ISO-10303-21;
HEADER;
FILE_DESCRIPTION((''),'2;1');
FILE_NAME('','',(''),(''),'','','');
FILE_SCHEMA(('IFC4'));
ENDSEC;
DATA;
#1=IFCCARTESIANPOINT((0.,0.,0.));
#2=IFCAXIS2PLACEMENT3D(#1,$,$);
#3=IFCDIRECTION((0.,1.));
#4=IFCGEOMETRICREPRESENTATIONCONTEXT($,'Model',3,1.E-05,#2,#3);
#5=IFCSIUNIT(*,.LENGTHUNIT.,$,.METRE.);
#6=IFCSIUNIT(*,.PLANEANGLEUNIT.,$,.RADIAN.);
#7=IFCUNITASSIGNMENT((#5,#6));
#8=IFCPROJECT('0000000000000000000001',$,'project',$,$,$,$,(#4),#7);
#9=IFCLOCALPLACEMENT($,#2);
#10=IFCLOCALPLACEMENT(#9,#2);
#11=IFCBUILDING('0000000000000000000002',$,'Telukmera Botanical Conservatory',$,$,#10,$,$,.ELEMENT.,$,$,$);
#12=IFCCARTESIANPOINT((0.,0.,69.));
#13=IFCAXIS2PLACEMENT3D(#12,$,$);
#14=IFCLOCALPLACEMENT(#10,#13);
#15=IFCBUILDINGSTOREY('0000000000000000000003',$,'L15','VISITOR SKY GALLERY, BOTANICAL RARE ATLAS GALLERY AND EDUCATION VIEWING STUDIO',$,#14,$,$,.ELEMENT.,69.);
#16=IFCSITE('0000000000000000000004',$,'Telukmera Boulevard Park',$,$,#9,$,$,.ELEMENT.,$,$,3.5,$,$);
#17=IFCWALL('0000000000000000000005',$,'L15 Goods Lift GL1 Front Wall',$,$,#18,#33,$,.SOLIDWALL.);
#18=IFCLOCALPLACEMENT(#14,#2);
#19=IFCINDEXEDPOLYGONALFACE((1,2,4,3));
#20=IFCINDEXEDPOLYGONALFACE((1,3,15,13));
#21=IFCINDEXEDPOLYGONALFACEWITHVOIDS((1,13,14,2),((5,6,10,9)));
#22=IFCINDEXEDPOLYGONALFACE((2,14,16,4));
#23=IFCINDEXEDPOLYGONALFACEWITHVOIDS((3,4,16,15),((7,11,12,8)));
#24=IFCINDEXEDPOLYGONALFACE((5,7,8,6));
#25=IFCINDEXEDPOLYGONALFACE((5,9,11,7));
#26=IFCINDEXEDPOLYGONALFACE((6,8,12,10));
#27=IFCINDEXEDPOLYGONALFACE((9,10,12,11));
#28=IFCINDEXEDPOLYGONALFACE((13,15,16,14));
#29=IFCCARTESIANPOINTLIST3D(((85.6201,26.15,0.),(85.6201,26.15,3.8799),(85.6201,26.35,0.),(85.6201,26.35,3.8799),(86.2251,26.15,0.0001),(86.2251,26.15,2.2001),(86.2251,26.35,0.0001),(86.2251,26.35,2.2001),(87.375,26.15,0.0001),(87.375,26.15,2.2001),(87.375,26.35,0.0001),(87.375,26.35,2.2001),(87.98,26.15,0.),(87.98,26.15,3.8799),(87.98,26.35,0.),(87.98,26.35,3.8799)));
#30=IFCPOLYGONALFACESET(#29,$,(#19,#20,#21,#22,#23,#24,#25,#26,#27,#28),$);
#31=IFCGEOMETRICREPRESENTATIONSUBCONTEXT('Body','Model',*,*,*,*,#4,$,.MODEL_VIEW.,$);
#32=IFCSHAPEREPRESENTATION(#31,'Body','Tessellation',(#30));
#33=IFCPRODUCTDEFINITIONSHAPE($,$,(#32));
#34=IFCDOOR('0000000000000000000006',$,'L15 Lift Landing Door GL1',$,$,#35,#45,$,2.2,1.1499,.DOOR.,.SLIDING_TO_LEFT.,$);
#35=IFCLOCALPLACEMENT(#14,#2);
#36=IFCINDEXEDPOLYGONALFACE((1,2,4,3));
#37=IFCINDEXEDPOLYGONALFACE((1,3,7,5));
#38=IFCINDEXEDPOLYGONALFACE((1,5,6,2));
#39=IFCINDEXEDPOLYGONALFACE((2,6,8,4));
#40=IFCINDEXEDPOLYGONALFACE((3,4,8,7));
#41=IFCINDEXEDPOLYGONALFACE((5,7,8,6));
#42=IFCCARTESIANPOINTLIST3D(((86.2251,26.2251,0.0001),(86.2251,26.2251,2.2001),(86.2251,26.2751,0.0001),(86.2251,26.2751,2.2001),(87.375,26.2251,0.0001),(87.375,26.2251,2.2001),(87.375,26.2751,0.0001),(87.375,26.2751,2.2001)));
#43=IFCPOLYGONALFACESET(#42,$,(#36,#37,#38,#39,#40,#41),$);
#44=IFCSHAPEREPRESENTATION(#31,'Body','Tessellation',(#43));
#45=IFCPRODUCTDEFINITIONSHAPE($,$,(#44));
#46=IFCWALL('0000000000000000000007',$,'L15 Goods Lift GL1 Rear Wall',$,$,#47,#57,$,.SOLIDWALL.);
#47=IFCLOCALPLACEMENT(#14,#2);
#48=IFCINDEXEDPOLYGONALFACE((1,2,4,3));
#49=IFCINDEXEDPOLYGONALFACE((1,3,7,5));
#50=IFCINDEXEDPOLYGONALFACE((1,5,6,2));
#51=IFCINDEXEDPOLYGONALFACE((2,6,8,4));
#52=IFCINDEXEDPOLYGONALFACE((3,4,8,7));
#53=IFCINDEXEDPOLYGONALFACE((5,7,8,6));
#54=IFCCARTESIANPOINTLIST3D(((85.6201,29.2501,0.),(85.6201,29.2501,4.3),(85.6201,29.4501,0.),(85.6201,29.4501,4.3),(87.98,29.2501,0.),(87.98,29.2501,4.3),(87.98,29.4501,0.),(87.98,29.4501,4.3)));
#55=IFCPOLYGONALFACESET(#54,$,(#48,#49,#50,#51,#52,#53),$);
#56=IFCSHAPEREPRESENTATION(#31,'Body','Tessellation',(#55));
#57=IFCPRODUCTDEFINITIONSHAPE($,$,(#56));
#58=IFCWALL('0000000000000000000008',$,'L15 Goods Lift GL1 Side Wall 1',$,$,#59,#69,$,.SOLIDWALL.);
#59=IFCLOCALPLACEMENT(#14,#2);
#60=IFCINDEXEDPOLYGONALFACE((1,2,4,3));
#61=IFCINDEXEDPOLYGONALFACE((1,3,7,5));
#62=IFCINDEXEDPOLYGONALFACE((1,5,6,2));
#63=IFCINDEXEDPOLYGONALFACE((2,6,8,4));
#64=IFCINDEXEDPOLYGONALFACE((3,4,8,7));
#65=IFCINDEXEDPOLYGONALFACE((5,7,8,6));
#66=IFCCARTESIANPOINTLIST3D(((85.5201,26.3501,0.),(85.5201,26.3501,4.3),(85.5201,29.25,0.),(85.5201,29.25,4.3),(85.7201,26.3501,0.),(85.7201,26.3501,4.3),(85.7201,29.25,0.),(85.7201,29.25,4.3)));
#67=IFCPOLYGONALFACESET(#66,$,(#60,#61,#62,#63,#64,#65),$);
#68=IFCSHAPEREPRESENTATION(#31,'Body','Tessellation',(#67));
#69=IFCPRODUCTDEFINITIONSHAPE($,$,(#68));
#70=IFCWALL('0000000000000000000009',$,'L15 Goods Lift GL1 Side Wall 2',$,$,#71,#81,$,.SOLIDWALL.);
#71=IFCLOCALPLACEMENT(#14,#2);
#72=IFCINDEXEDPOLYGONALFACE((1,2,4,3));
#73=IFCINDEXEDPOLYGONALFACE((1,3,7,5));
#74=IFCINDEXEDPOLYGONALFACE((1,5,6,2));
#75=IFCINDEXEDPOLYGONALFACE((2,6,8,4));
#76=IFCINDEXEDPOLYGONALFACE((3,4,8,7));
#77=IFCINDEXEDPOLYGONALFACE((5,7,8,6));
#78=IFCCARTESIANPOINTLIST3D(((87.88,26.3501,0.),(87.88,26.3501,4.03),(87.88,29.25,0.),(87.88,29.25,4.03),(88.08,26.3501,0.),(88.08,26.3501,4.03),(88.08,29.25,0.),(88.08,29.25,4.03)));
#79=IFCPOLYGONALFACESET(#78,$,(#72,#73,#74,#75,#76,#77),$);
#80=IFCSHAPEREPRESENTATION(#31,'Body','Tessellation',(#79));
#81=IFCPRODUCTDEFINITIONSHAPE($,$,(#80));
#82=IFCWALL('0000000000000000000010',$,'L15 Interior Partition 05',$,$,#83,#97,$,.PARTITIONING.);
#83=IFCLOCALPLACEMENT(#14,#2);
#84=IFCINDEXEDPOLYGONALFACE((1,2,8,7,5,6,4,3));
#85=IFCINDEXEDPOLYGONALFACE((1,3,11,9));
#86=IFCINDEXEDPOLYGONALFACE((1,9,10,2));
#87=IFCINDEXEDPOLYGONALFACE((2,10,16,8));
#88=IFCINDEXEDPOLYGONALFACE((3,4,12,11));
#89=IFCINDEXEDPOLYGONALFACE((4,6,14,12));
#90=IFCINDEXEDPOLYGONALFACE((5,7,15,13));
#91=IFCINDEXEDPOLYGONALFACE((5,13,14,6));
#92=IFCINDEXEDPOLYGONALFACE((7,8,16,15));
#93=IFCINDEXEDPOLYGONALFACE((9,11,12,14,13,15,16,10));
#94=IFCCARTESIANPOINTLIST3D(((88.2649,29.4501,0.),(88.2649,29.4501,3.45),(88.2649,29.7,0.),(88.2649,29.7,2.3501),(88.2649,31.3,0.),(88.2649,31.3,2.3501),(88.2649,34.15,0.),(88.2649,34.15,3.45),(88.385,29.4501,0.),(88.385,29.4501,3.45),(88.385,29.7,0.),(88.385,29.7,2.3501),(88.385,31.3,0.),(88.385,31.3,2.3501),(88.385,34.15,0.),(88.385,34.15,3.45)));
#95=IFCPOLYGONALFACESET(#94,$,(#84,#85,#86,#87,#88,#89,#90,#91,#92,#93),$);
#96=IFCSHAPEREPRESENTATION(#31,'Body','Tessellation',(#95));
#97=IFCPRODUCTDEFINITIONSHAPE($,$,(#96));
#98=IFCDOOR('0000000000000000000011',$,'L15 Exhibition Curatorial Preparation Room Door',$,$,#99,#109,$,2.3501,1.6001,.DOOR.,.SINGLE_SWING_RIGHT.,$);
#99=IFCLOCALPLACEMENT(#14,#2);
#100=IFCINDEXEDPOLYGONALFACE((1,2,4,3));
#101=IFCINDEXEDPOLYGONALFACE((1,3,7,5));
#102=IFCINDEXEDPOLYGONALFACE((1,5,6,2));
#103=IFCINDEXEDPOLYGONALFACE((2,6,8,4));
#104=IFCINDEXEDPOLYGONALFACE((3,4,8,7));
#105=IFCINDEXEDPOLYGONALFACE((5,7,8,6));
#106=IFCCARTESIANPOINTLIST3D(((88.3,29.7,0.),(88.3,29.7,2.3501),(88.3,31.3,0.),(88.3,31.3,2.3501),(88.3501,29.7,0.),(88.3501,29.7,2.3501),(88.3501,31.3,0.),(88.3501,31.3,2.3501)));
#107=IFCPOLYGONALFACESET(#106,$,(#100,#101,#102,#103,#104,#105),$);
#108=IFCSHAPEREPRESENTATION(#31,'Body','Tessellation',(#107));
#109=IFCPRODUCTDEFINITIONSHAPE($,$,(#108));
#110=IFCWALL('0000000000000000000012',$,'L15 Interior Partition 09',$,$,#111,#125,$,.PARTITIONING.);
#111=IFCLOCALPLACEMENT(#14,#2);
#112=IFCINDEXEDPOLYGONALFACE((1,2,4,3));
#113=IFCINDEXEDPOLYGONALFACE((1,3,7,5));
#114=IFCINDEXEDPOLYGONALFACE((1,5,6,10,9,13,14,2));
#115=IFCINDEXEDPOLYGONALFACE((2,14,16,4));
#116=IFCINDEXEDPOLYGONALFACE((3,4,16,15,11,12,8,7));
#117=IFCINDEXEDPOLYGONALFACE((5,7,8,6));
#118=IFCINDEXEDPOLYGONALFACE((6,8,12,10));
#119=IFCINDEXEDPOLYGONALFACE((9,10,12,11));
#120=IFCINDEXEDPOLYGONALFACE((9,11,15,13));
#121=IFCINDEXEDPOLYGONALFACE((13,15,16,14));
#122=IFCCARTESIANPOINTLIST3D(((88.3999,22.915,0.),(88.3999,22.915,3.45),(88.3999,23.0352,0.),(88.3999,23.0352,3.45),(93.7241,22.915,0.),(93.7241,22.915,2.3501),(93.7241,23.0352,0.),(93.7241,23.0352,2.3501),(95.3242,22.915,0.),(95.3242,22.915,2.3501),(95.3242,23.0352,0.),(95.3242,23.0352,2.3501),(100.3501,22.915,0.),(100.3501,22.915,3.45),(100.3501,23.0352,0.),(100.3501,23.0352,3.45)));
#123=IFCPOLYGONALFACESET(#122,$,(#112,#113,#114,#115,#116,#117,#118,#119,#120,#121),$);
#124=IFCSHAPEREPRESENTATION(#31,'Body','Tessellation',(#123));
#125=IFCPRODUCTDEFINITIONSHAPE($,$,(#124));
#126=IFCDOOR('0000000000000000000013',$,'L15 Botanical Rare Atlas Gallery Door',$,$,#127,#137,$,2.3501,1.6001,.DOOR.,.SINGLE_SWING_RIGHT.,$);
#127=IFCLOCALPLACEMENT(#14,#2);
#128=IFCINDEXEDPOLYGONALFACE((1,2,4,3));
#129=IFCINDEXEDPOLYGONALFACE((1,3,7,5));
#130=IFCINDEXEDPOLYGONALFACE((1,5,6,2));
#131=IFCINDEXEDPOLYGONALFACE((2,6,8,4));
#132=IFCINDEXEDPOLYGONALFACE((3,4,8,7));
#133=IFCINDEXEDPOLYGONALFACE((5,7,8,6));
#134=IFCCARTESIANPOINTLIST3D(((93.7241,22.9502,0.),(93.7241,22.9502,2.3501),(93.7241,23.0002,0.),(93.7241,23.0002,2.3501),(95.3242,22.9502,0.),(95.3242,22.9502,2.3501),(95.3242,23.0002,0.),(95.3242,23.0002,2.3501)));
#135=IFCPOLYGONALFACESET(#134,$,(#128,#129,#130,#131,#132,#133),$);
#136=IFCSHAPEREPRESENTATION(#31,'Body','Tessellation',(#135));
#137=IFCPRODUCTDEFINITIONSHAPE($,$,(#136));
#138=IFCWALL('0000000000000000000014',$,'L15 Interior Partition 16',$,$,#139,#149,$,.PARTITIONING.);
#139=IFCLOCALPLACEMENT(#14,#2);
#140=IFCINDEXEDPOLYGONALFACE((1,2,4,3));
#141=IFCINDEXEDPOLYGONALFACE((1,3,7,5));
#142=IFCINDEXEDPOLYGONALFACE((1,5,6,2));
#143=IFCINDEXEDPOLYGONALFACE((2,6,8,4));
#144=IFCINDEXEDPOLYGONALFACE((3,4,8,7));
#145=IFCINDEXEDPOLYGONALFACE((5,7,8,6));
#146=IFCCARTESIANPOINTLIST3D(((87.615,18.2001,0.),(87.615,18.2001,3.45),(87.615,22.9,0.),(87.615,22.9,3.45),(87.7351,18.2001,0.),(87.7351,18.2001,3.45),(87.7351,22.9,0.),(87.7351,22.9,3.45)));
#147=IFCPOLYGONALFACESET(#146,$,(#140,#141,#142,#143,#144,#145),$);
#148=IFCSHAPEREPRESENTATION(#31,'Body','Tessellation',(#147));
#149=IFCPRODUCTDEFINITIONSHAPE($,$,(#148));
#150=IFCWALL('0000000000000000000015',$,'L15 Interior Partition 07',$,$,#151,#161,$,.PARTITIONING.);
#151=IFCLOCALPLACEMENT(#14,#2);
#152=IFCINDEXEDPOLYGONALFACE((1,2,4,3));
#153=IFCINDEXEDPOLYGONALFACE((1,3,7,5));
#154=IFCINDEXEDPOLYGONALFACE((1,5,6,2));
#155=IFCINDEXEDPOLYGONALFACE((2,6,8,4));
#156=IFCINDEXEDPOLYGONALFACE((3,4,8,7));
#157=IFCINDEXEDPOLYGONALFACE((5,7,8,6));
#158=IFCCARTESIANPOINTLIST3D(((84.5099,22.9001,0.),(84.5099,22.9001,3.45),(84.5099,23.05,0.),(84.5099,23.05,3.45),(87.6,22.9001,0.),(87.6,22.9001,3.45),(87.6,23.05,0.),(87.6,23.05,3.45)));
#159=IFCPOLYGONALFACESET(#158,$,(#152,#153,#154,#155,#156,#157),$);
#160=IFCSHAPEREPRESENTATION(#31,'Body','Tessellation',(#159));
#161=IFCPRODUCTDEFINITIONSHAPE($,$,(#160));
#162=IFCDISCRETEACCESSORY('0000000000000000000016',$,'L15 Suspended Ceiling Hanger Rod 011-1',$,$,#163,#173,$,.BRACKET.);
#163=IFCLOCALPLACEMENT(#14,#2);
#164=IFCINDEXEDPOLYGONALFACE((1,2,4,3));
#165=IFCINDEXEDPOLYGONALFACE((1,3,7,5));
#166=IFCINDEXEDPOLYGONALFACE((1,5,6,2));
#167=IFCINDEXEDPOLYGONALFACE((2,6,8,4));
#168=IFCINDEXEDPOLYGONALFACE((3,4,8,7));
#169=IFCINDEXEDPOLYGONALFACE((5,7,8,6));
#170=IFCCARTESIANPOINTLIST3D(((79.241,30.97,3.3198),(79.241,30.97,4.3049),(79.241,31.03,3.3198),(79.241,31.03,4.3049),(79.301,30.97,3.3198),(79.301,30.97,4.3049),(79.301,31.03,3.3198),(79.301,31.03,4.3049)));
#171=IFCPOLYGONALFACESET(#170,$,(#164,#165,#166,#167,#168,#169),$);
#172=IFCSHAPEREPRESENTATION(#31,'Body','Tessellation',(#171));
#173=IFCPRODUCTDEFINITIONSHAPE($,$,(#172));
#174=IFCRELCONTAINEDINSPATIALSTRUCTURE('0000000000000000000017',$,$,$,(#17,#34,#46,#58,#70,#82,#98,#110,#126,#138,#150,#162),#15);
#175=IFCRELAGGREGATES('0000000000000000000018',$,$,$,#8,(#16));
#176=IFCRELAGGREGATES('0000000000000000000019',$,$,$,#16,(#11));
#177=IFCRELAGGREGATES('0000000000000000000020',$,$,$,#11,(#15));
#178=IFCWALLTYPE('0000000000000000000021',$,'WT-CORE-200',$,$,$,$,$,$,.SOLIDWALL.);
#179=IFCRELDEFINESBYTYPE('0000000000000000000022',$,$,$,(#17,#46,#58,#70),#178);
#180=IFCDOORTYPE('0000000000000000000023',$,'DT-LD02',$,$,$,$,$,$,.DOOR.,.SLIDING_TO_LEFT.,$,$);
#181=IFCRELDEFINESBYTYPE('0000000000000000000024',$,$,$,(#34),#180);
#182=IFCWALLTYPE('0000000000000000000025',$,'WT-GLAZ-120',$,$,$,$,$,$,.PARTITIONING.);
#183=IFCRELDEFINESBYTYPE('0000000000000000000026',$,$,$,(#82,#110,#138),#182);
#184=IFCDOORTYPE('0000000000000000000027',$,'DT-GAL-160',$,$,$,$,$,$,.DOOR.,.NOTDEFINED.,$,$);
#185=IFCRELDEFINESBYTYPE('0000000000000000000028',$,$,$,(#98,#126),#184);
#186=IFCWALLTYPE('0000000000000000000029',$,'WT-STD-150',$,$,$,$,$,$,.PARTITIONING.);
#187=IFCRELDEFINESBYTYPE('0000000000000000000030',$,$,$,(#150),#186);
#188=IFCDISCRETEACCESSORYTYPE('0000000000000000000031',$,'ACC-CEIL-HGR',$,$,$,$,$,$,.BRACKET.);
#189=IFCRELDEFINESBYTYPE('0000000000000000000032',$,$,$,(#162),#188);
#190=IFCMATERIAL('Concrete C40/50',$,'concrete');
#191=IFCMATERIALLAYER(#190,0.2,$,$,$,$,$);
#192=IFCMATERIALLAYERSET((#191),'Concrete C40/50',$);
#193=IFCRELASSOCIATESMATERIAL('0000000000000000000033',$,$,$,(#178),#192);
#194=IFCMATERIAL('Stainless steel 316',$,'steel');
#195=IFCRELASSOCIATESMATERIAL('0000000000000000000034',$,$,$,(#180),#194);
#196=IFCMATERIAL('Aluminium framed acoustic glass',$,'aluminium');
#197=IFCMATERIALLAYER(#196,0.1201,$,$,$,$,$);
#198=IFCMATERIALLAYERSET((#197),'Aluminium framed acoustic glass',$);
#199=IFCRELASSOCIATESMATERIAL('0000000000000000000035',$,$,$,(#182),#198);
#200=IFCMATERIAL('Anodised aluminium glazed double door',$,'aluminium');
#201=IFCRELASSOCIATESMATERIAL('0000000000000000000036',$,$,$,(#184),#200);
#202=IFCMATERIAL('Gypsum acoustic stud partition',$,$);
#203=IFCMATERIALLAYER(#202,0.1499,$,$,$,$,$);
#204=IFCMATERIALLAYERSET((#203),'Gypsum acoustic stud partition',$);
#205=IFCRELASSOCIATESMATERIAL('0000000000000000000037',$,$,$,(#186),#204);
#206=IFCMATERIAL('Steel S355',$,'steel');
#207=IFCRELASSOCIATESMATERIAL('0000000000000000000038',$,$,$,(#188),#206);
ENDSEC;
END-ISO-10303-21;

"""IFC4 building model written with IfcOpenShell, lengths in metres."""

from ifc_helpers import new_model, si_unit, direction, frame, frame_2d, origin, origin_2d, place, context, subcontext, project, spatial, rectangle, extrude, material, layer, layer_set, type_object, element, fill, save


model = new_model("IFC4")

# Units and contexts
model_context = context("Model", 3, precision=1e-05, world=origin(), true_north=direction((0.0, 1.0)))
body_context = subcontext(model_context, "Body", "Model", "MODEL_VIEW")
ifc_project = project(units=[si_unit("LENGTHUNIT", "METRE"), si_unit("PLANEANGLEUNIT", "RADIAN")], contexts=[model_context])

# Site, building, storey
site_placement = place(None, origin())
site = spatial("IfcSite", under=ifc_project, at=site_placement, Name="Telukmera Boulevard Park", CompositionType="ELEMENT", RefElevation=3.5)
building_placement = place(site_placement, origin())
building = spatial("IfcBuilding", under=site, at=building_placement, Name="Telukmera Botanical Conservatory", CompositionType="ELEMENT")
storey_placement = place(building_placement, frame((0.0, 0.0, 69.0)))
storey = spatial("IfcBuildingStorey", under=building, at=storey_placement, Name="L15", Description="VISITOR SKY GALLERY, BOTANICAL RARE ATLAS GALLERY AND EDUCATION VIEWING STUDIO", CompositionType="ELEMENT", Elevation=69.0)

# Shared definitions
ifc_material_1 = material(Name="Concrete C40/50", Category="concrete")

# Shared definitions
ifc_layer_1 = layer(ifc_material_1, 0.2)
ifc_layer_set_1 = layer_set([ifc_layer_1], Name="Concrete C40/50")
wall_type_1 = type_object("IfcWallType", Name="WT-CORE-200", PredefinedType="SOLIDWALL", material=ifc_layer_set_1)

# Wall, opening, door
wall_1_placement = place(storey_placement, frame((85.6201, 26.25, 0.0), z_axis=(0.0, 0.0, 1.0), x_axis=(1.0, 0.0, 0.0)))
wall_1 = element("IfcWall", 1, at=wall_1_placement, inside=storey, type_object=wall_type_1, Name="L15 Goods Lift GL1 Front Wall", PredefinedType="SOLIDWALL", context=body_context, shape_type="SweptSolid", body=[
    extrude(rectangle(XDim=2.3599, YDim=0.2, at=frame_2d((1.1799, 0.0))), origin(), (0.0, 0.0, 1.0), 3.8799),
])
opening_1_placement = place(wall_1_placement, frame((0.605, 0.0, 0.0)))
opening_1 = element("IfcOpeningElement", 2, at=opening_1_placement, cuts=wall_1, PredefinedType="OPENING", context=body_context, shape_type="SweptSolid", body=[
    extrude(rectangle(XDim=1.1499, YDim=2.2, at=frame_2d((0.575, 1.1001))), frame((0.0, 0.1099, 0.0), z_axis=(0.0, -1.0, 0.0), x_axis=(1.0, 0.0, 0.0)), (0.0, 0.0, 1.0), 0.22),
])
ifc_material_2 = material(Name="Stainless steel 316", Category="steel")
door_type_1 = type_object("IfcDoorType", Name="DT-LD02", OperationType="SLIDING_TO_LEFT", PredefinedType="DOOR", material=ifc_material_2)
door_1_placement = place(opening_1_placement, frame((1.1499, 0.0, 0.0), z_axis=(0.0, 0.0, 1.0), x_axis=(-1.0, 0.0, 0.0)))
door_1 = element("IfcDoor", 3, at=door_1_placement, inside=storey, type_object=door_type_1, Name="L15 Lift Landing Door GL1", OperationType="SLIDING_TO_LEFT", OverallHeight=2.2, OverallWidth=1.1499, PredefinedType="DOOR", context=body_context, shape_type="SweptSolid", body=[
    extrude(rectangle(XDim=1.1499, YDim=2.2, at=frame_2d((0.575, 1.1001))), frame((0.0, 0.0249, 0.0), z_axis=(0.0, -1.0, 0.0), x_axis=(1.0, 0.0, 0.0)), (0.0, 0.0, 1.0), 0.05),
])
fill(opening_1, door_1)

# Walls
wall_2_placement = place(storey_placement, frame((85.6201, 29.3501, 0.0), z_axis=(0.0, 0.0, 1.0), x_axis=(1.0, 0.0, 0.0)))
element("IfcWall", 4, at=wall_2_placement, inside=storey, type_object=wall_type_1, Name="L15 Goods Lift GL1 Rear Wall", PredefinedType="SOLIDWALL", context=body_context, shape_type="SweptSolid", body=[
    extrude(rectangle(XDim=2.3599, YDim=0.2, at=frame_2d((1.1799, 0.0))), origin(), (0.0, 0.0, 1.0), 4.3),
])
wall_3_placement = place(storey_placement, frame((85.6201, 26.3501, 0.0), z_axis=(0.0, 0.0, 1.0), x_axis=(0.0, 1.0, 0.0)))
element("IfcWall", 5, at=wall_3_placement, inside=storey, type_object=wall_type_1, Name="L15 Goods Lift GL1 Side Wall 1", PredefinedType="SOLIDWALL", context=body_context, shape_type="SweptSolid", body=[
    extrude(rectangle(XDim=2.8999, YDim=0.2, at=frame_2d((1.45, 0.0))), origin(), (0.0, 0.0, 1.0), 4.3),
])
wall_4_placement = place(storey_placement, frame((87.98, 26.3501, 0.0), z_axis=(0.0, 0.0, 1.0), x_axis=(0.0, 1.0, 0.0)))
element("IfcWall", 6, at=wall_4_placement, inside=storey, type_object=wall_type_1, Name="L15 Goods Lift GL1 Side Wall 2", PredefinedType="SOLIDWALL", context=body_context, shape_type="SweptSolid", body=[
    extrude(rectangle(XDim=2.8999, YDim=0.2, at=frame_2d((1.45, 0.0))), origin(), (0.0, 0.0, 1.0), 4.03),
])

# Walls, openings, doors
ifc_material_3 = material(Name="Aluminium framed acoustic glass", Category="aluminium")
ifc_layer_2 = layer(ifc_material_3, 0.1201)
ifc_layer_set_2 = layer_set([ifc_layer_2], Name="Aluminium framed acoustic glass")
wall_type_2 = type_object("IfcWallType", Name="WT-GLAZ-120", PredefinedType="PARTITIONING", material=ifc_layer_set_2)
wall_5_placement = place(storey_placement, frame((88.325, 29.45, 0.0), z_axis=(0.0, 0.0, 1.0), x_axis=(0.0, 1.0, 0.0)))
wall_5 = element("IfcWall", 7, at=wall_5_placement, inside=storey, type_object=wall_type_2, Name="L15 Interior Partition 05", PredefinedType="PARTITIONING", context=body_context, shape_type="SweptSolid", body=[
    extrude(rectangle(XDim=4.7, YDim=0.1201, at=frame_2d((2.3501, 0.0))), origin(), (0.0, 0.0, 1.0), 3.45),
])
opening_2_placement = place(wall_5_placement, frame((0.25, 0.0, 0.0)))
opening_2 = element("IfcOpeningElement", 8, at=opening_2_placement, cuts=wall_5, PredefinedType="OPENING", context=body_context, shape_type="SweptSolid", body=[
    extrude(rectangle(XDim=1.6001, YDim=2.3501, at=frame_2d((0.8, 1.175))), frame((0.0, 0.0701, 0.0), z_axis=(0.0, -1.0, 0.0), x_axis=(1.0, 0.0, 0.0)), (0.0, 0.0, 1.0), 0.1401),
])
ifc_material_4 = material(Name="Anodised aluminium glazed double door", Category="aluminium")
door_type_2 = type_object("IfcDoorType", Name="DT-GAL-160", OperationType="NOTDEFINED", PredefinedType="DOOR", material=ifc_material_4)
door_2_placement = place(opening_2_placement, origin())
door_2 = element("IfcDoor", 9, at=door_2_placement, inside=storey, type_object=door_type_2, Name="L15 Exhibition Curatorial Preparation Room Door", OperationType="SINGLE_SWING_RIGHT", OverallHeight=2.3501, OverallWidth=1.6001, PredefinedType="DOOR", context=body_context, shape_type="SweptSolid", body=[
    extrude(rectangle(XDim=1.6001, YDim=2.3501, at=frame_2d((0.8, 1.175))), frame((0.0, 0.0249, 0.0), z_axis=(0.0, -1.0, 0.0), x_axis=(1.0, 0.0, 0.0)), (0.0, 0.0, 1.0), 0.05),
])
fill(opening_2, door_2)
wall_6_placement = place(storey_placement, frame((88.3999, 22.9751, 0.0), z_axis=(0.0, 0.0, 1.0), x_axis=(1.0, 0.0, 0.0)))
wall_6 = element("IfcWall", 10, at=wall_6_placement, inside=storey, type_object=wall_type_2, Name="L15 Interior Partition 09", PredefinedType="PARTITIONING", context=body_context, shape_type="SweptSolid", body=[
    extrude(rectangle(XDim=11.9502, YDim=0.1201, at=frame_2d((5.9751, 0.0))), origin(), (0.0, 0.0, 1.0), 3.45),
])
opening_3_placement = place(wall_6_placement, frame((5.3242, 0.0, 0.0)))
opening_3 = element("IfcOpeningElement", 11, at=opening_3_placement, cuts=wall_6, PredefinedType="OPENING", context=body_context, shape_type="SweptSolid", body=[
    extrude(rectangle(XDim=1.6001, YDim=2.3501, at=frame_2d((0.8, 1.175))), frame((0.0, 0.0701, 0.0), z_axis=(0.0, -1.0, 0.0), x_axis=(1.0, 0.0, 0.0)), (0.0, 0.0, 1.0), 0.1401),
])
door_3_placement = place(opening_3_placement, frame((1.6001, 0.0, 0.0), z_axis=(0.0, 0.0, 1.0), x_axis=(-1.0, 0.0, 0.0)))
door_3 = element("IfcDoor", 12, at=door_3_placement, inside=storey, type_object=door_type_2, Name="L15 Botanical Rare Atlas Gallery Door", OperationType="SINGLE_SWING_RIGHT", OverallHeight=2.3501, OverallWidth=1.6001, PredefinedType="DOOR", context=body_context, shape_type="SweptSolid", body=[
    extrude(rectangle(XDim=1.6001, YDim=2.3501, at=frame_2d((0.8, 1.175))), frame((0.0, 0.0249, 0.0), z_axis=(0.0, -1.0, 0.0), x_axis=(1.0, 0.0, 0.0)), (0.0, 0.0, 1.0), 0.05),
])
fill(opening_3, door_3)

# Walls
wall_7_placement = place(storey_placement, frame((87.675, 18.2, 0.0), z_axis=(0.0, 0.0, 1.0), x_axis=(0.0, 1.0, 0.0)))
element("IfcWall", 13, at=wall_7_placement, inside=storey, type_object=wall_type_2, Name="L15 Interior Partition 16", PredefinedType="PARTITIONING", context=body_context, shape_type="SweptSolid", body=[
    extrude(rectangle(XDim=4.7, YDim=0.1201, at=frame_2d((2.3501, 0.0))), origin(), (0.0, 0.0, 1.0), 3.45),
])
ifc_material_5 = material(Name="Gypsum acoustic stud partition")
ifc_layer_3 = layer(ifc_material_5, 0.1499)
ifc_layer_set_3 = layer_set([ifc_layer_3], Name="Gypsum acoustic stud partition")
wall_type_3 = type_object("IfcWallType", Name="WT-STD-150", PredefinedType="PARTITIONING", material=ifc_layer_set_3)
wall_8_placement = place(storey_placement, frame((84.51, 22.9751, 0.0), z_axis=(0.0, 0.0, 1.0), x_axis=(1.0, 0.0, 0.0)))
element("IfcWall", 14, at=wall_8_placement, inside=storey, type_object=wall_type_3, Name="L15 Interior Partition 07", PredefinedType="PARTITIONING", context=body_context, shape_type="SweptSolid", body=[
    extrude(rectangle(XDim=3.0901, YDim=0.1499, at=frame_2d((1.5449, 0.0))), origin(), (0.0, 0.0, 1.0), 3.45),
])

# Discrete accessory
ifc_material_6 = material(Name="Steel S355", Category="steel")
discrete_accessory_type = type_object("IfcDiscreteAccessoryType", Name="ACC-CEIL-HGR", PredefinedType="BRACKET", material=ifc_material_6)
for number, where, z_axis, x_axis, name in (
    (15, (79.271, 31.0, 3.3198), (0.0, 0.0, 1.0), (1.0, 0.0, 0.0), "L15 Suspended Ceiling Hanger Rod 011-1"),
):
    element("IfcDiscreteAccessory", number, at=place(storey_placement, frame(where, z_axis=z_axis, x_axis=x_axis)), inside=storey, type_object=discrete_accessory_type, Name=name, PredefinedType="BRACKET", context=body_context, shape_type="SweptSolid", body=[
        extrude(rectangle(XDim=0.0601, YDim=0.0601, at=origin_2d()), origin(), (0.0, 0.0, 1.0), 0.9851),
    ])

save(model, "model.ifc")
